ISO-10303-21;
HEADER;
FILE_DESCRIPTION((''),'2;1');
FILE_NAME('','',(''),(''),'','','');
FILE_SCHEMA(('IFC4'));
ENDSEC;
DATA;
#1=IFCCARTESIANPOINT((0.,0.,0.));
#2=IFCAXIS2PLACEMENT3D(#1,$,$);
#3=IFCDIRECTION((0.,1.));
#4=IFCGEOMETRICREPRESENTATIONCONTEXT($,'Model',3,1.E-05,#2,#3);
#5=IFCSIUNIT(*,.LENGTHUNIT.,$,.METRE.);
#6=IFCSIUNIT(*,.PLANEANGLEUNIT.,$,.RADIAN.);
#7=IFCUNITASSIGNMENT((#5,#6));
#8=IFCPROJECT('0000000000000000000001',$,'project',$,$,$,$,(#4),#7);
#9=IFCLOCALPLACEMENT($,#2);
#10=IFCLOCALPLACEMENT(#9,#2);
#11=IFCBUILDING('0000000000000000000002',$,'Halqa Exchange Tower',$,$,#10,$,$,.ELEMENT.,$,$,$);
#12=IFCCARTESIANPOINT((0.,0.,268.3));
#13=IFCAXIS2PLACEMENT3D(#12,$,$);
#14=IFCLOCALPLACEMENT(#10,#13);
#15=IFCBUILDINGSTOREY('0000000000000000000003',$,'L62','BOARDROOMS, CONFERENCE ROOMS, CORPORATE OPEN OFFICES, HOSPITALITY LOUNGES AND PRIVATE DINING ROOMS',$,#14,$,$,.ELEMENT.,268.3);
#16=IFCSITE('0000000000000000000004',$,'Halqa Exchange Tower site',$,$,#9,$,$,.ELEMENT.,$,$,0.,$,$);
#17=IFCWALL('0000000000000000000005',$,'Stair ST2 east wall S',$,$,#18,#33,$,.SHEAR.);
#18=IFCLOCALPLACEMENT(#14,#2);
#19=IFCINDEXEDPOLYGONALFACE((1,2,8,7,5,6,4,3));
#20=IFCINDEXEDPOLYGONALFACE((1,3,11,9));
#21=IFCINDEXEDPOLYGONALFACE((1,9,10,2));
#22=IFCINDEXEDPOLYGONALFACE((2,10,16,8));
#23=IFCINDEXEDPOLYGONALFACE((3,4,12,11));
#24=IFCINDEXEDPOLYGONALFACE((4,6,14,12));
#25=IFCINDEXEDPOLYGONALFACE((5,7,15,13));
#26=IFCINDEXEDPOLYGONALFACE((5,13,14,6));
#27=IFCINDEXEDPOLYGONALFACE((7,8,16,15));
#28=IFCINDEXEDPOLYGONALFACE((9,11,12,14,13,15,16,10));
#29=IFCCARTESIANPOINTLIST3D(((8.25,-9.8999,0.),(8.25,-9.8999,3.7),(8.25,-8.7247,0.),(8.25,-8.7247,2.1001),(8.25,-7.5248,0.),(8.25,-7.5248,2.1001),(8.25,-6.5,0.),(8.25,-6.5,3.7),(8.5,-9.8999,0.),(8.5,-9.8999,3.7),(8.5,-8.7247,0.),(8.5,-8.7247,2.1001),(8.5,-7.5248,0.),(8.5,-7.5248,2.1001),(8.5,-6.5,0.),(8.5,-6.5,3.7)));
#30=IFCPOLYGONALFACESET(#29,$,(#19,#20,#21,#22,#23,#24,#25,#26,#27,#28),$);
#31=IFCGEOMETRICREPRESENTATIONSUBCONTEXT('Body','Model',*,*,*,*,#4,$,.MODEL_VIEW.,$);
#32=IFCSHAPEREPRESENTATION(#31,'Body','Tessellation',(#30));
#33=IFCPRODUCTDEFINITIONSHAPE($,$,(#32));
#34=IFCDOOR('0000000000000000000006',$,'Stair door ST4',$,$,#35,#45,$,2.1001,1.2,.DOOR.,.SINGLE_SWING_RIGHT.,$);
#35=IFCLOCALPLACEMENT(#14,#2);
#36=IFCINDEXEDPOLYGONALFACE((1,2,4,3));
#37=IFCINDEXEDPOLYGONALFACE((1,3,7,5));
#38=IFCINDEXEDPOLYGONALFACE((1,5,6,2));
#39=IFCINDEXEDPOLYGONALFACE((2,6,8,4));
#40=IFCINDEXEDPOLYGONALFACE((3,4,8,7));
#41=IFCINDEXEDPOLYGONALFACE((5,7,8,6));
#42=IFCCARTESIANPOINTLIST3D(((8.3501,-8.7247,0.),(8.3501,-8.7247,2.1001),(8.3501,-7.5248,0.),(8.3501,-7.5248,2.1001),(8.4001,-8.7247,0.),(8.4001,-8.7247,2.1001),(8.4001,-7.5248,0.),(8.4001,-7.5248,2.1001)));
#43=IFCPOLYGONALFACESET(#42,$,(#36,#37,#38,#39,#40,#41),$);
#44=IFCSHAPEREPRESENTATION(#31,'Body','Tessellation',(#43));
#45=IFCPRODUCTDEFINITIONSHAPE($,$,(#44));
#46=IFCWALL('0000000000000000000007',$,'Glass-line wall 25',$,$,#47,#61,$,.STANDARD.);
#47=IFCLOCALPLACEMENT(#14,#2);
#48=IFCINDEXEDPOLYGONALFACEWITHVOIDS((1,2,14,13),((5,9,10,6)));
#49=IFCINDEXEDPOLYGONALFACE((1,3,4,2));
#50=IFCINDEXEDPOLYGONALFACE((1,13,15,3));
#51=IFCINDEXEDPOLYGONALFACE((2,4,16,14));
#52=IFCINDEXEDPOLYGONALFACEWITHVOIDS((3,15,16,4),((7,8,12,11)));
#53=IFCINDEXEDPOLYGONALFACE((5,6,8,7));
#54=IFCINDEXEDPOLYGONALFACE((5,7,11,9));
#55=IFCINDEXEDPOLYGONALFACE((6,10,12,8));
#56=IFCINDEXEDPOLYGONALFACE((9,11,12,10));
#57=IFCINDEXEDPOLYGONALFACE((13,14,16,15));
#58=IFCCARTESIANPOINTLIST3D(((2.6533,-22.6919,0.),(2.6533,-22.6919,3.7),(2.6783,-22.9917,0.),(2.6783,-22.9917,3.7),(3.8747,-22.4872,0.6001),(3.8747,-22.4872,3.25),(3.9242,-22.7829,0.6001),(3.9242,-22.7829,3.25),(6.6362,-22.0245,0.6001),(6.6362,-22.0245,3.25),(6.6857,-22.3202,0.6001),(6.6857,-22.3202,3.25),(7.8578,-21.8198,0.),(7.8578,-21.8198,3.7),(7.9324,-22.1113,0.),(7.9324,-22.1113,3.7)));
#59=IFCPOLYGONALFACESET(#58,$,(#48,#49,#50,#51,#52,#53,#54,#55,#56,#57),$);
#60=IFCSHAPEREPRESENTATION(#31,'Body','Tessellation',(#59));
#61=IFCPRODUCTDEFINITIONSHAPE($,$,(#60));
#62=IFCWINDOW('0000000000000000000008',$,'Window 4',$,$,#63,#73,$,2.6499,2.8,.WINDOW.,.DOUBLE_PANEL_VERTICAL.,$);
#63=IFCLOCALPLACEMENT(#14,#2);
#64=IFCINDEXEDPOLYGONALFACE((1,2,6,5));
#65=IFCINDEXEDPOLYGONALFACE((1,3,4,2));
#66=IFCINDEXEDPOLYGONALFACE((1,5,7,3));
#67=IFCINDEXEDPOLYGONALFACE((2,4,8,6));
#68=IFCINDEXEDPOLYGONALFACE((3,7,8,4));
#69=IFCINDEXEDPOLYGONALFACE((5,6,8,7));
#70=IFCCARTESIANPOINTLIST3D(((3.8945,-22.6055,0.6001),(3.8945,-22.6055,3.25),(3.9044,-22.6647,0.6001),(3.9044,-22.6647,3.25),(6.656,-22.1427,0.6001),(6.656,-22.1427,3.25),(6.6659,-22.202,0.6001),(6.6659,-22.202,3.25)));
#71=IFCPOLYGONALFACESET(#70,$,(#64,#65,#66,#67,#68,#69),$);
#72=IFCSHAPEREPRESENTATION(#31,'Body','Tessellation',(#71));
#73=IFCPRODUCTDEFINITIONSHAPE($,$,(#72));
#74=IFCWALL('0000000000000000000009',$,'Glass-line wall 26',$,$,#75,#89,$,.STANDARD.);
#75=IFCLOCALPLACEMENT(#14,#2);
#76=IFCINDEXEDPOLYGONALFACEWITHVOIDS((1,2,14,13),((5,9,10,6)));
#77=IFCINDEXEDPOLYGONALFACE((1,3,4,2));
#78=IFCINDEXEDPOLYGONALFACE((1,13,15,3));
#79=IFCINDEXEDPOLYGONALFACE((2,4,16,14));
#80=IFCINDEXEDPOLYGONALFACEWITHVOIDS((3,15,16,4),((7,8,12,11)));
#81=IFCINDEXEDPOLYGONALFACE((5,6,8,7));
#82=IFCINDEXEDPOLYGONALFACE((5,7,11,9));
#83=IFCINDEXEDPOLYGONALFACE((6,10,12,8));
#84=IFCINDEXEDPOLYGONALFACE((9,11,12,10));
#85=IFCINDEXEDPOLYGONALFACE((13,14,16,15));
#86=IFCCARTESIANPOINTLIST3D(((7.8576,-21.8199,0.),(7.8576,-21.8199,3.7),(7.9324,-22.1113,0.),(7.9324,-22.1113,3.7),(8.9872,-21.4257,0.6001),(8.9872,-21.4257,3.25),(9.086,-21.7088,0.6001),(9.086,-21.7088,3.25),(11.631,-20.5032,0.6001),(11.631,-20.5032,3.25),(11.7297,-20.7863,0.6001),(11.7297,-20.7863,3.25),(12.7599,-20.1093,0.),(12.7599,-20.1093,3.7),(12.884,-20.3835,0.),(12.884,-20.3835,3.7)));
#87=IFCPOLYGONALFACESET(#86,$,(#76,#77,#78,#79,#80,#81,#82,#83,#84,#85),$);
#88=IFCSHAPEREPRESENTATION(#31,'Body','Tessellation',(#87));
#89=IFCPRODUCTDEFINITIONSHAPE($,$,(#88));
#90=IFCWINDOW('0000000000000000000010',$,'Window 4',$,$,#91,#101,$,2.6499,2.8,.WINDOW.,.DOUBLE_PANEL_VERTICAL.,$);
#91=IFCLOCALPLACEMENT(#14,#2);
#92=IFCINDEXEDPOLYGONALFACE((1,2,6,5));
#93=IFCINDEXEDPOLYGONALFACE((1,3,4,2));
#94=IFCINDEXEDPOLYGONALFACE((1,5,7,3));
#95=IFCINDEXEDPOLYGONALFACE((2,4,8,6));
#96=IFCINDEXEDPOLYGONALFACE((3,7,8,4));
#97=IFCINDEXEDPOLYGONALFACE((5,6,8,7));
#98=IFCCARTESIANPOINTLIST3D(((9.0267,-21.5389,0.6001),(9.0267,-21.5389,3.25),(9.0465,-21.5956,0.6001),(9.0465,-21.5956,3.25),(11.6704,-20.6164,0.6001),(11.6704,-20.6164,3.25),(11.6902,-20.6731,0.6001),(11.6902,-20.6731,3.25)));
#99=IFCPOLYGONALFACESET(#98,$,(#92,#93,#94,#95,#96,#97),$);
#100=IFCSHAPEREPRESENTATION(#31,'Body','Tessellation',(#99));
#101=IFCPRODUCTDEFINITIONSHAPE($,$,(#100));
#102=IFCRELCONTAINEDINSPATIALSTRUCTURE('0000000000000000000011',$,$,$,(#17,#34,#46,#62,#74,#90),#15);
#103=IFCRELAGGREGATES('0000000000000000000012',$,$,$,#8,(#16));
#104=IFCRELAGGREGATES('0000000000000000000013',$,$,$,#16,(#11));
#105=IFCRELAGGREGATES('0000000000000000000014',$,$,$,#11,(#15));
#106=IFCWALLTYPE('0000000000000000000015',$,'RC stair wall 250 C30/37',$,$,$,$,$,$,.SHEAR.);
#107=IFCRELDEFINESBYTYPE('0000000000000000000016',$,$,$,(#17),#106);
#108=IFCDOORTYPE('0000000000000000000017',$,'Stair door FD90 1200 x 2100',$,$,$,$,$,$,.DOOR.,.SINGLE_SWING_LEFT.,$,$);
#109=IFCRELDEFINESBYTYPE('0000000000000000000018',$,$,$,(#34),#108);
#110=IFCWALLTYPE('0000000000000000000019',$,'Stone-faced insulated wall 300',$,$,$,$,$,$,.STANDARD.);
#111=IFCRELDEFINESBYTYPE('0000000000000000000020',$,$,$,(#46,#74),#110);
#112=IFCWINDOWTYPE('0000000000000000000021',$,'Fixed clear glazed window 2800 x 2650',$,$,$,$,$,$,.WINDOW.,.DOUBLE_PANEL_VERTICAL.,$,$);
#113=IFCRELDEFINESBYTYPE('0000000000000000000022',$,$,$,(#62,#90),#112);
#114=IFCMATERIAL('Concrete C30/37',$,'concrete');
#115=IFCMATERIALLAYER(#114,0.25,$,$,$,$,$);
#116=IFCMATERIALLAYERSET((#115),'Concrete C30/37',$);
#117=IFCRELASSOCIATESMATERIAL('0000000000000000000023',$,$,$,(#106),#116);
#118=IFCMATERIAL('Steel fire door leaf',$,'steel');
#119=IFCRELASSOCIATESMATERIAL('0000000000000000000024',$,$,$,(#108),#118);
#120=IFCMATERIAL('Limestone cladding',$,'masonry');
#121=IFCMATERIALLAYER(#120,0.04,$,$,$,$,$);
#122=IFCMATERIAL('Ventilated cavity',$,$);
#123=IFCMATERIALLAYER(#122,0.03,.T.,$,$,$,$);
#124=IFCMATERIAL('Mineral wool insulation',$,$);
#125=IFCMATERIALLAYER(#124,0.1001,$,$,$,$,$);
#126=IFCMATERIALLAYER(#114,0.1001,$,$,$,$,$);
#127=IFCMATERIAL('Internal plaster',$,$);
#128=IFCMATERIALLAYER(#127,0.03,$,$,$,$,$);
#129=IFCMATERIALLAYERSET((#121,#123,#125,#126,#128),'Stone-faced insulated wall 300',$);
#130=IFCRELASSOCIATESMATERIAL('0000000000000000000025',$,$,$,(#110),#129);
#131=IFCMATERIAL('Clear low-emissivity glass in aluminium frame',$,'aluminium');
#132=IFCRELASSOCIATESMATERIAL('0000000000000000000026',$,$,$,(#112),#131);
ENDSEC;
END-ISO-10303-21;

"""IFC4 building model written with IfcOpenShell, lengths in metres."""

from ifc_helpers import new_model, si_unit, direction, frame, frame_2d, origin, place, context, subcontext, project, spatial, polyline, rectangle, outline, extrude, material, layer, layer_set, type_object, element, fill, save


model = new_model("IFC4")

# Units and contexts
model_context = context("Model", 3, precision=1e-05, world=origin(), true_north=direction((0.0, 1.0)))
body_context = subcontext(model_context, "Body", "Model", "MODEL_VIEW")
ifc_project = project(units=[si_unit("LENGTHUNIT", "METRE"), si_unit("PLANEANGLEUNIT", "RADIAN")], contexts=[model_context])

# Site, building, storey
site_placement = place(None, origin())
site = spatial("IfcSite", under=ifc_project, at=site_placement, Name="Halqa Exchange Tower site", CompositionType="ELEMENT", RefElevation=0.0)
building_placement = place(site_placement, origin())
building = spatial("IfcBuilding", under=site, at=building_placement, Name="Halqa Exchange Tower", CompositionType="ELEMENT")
storey_placement = place(building_placement, frame((0.0, 0.0, 268.3)))
storey = spatial("IfcBuildingStorey", under=building, at=storey_placement, Name="L62", Description="BOARDROOMS, CONFERENCE ROOMS, CORPORATE OPEN OFFICES, HOSPITALITY LOUNGES AND PRIVATE DINING ROOMS", CompositionType="ELEMENT", Elevation=268.3)

# Shared definitions
ifc_material_1 = material(Name="Steel fire door leaf", Category="steel")

# Shared definitions
ifc_material_2 = material(Name="Concrete C30/37", Category="concrete")
ifc_layer_1 = layer(ifc_material_2, 0.25)
ifc_layer_set_1 = layer_set([ifc_layer_1], Name="Concrete C30/37")
wall_type_1 = type_object("IfcWallType", Name="RC stair wall 250 C30/37", PredefinedType="SHEAR", material=ifc_layer_set_1)

# Wall, opening, door
wall_1_placement = place(storey_placement, frame((8.375, -9.8999, 0.0), z_axis=(0.0, 0.0, 1.0), x_axis=(0.0, 1.0, 0.0)))
wall_1 = element("IfcWall", 1, at=wall_1_placement, inside=storey, type_object=wall_type_1, Name="Stair ST2 east wall S", PredefinedType="SHEAR", context=body_context, shape_type="SweptSolid", body=[
    extrude(rectangle(XDim=3.3999, YDim=0.25, at=frame_2d((1.7, 0.0))), origin(), (0.0, 0.0, 1.0), 3.7),
])
opening_1_placement = place(wall_1_placement, frame((1.175, 0.0, 0.0)))
opening_1 = element("IfcOpeningElement", 2, at=opening_1_placement, cuts=wall_1, PredefinedType="OPENING", context=body_context, shape_type="SweptSolid", body=[
    extrude(rectangle(XDim=1.2, YDim=2.1001, at=frame_2d((0.6001, 1.05))), frame((0.0, 0.137, 0.0), z_axis=(0.0, -1.0, 0.0), x_axis=(1.0, 0.0, 0.0)), (0.0, 0.0, 1.0), 0.2739),
])
door_type_1 = type_object("IfcDoorType", Name="Stair door FD90 1200 x 2100", OperationType="SINGLE_SWING_LEFT", PredefinedType="DOOR", material=ifc_material_1)
door_1_placement = place(opening_1_placement, origin())
door_1 = element("IfcDoor", 3, at=door_1_placement, inside=storey, type_object=door_type_1, Name="Stair door ST4", OperationType="SINGLE_SWING_RIGHT", OverallHeight=2.1001, OverallWidth=1.2, PredefinedType="DOOR", context=body_context, shape_type="SweptSolid", body=[
    extrude(rectangle(XDim=1.2, YDim=2.1001, at=frame_2d((0.6001, 1.05))), frame((0.0, 0.0249, 0.0), z_axis=(0.0, -1.0, 0.0), x_axis=(1.0, 0.0, 0.0)), (0.0, 0.0, 1.0), 0.05),
])
fill(opening_1, door_1)

# Walls, openings, windows
ifc_material_3 = material(Name="Limestone cladding", Category="masonry")
ifc_layer_2 = layer(ifc_material_3, 0.04)
ifc_material_4 = material(Name="Ventilated cavity")
ifc_layer_3 = layer(ifc_material_4, 0.03, ventilated=True)
ifc_material_5 = material(Name="Mineral wool insulation")
ifc_layer_4 = layer(ifc_material_5, 0.1001)
ifc_layer_5 = layer(ifc_material_2, 0.1001)
ifc_material_6 = material(Name="Internal plaster")
ifc_layer_6 = layer(ifc_material_6, 0.03)
ifc_layer_set_2 = layer_set([ifc_layer_2, ifc_layer_3, ifc_layer_4, ifc_layer_5, ifc_layer_6], Name="Stone-faced insulated wall 300")
wall_type_2 = type_object("IfcWallType", Name="Stone-faced insulated wall 300", PredefinedType="STANDARD", material=ifc_layer_set_2)
wall_2_placement = place(storey_placement, frame((2.6658, -22.8418, 0.0), z_axis=(0.0, 0.0, 1.0), x_axis=(0.98625, 0.165258, 0.0)))
wall_2 = element("IfcWall", 4, at=wall_2_placement, inside=storey, type_object=wall_type_2, Name="Glass-line wall 25", PredefinedType="STANDARD", context=body_context, shape_type="SweptSolid", body=[
    extrude(outline(polyline([(-0.0125, -0.1499), (5.3149, -0.1499), (5.2896, 0.1499), (0.0125, 0.1499), (-0.0125, -0.1499)])), origin(), (0.0, 0.0, 1.0), 3.7),
])
opening_2_placement = place(wall_2_placement, frame((1.251, 0.0, 0.6001)))
opening_2 = element("IfcOpeningElement", 5, at=opening_2_placement, cuts=wall_2, PredefinedType="OPENING", context=body_context, shape_type="SweptSolid", body=[
    extrude(rectangle(XDim=2.8, YDim=2.6499, at=frame_2d((1.3999, 1.325))), frame((0.0, 0.1621, 0.0), z_axis=(0.0, -1.0, 0.0), x_axis=(1.0, 0.0, 0.0)), (0.0, 0.0, 1.0), 0.324),
])
ifc_material_7 = material(Name="Clear low-emissivity glass in aluminium frame", Category="aluminium")
window_type = type_object("IfcWindowType", Name="Fixed clear glazed window 2800 x 2650", PartitioningType="DOUBLE_PANEL_VERTICAL", PredefinedType="WINDOW", material=ifc_material_7)
window_1_placement = place(opening_2_placement, origin())
window_1 = element("IfcWindow", 6, at=window_1_placement, inside=storey, type_object=window_type, Name="Window 4", OverallHeight=2.6499, OverallWidth=2.8, PartitioningType="DOUBLE_PANEL_VERTICAL", PredefinedType="WINDOW", context=body_context, shape_type="SweptSolid", body=[
    extrude(rectangle(XDim=2.8, YDim=2.6499, at=frame_2d((1.3999, 1.325))), frame((0.0, 0.03, 0.0), z_axis=(0.0, -1.0, 0.0), x_axis=(1.0, 0.0, 0.0)), (0.0, 0.0, 1.0), 0.0601),
])
fill(opening_2, window_1)
wall_3_placement = place(storey_placement, frame((7.895, -21.9656, 0.0), z_axis=(0.0, 0.0, 1.0), x_axis=(0.944169, 0.32946, 0.0)))
wall_3 = element("IfcWall", 7, at=wall_3_placement, inside=storey, type_object=wall_type_2, Name="Glass-line wall 26", PredefinedType="STANDARD", context=body_context, shape_type="SweptSolid", body=[
    extrude(outline(polyline([(-0.0127, -0.1499), (5.2317, -0.1499), (5.2048, 0.1499), (0.0127, 0.1499), (-0.0127, -0.1499)])), origin(), (0.0, 0.0, 1.0), 3.7),
])
opening_3_placement = place(wall_3_placement, frame((1.2092, 0.0, 0.6001)))
opening_3 = element("IfcOpeningElement", 8, at=opening_3_placement, cuts=wall_3, PredefinedType="OPENING", context=body_context, shape_type="SweptSolid", body=[
    extrude(rectangle(XDim=2.8, YDim=2.6499, at=frame_2d((1.3999, 1.325))), frame((0.0, 0.1621, 0.0), z_axis=(0.0, -1.0, 0.0), x_axis=(1.0, 0.0, 0.0)), (0.0, 0.0, 1.0), 0.324),
])
window_2_placement = place(opening_3_placement, origin())
window_2 = element("IfcWindow", 9, at=window_2_placement, inside=storey, type_object=window_type, Name="Window 4", OverallHeight=2.6499, OverallWidth=2.8, PartitioningType="DOUBLE_PANEL_VERTICAL", PredefinedType="WINDOW", context=body_context, shape_type="SweptSolid", body=[
    extrude(rectangle(XDim=2.8, YDim=2.6499, at=frame_2d((1.3999, 1.325))), frame((0.0, 0.03, 0.0), z_axis=(0.0, -1.0, 0.0), x_axis=(1.0, 0.0, 0.0)), (0.0, 0.0, 1.0), 0.0601),
])
fill(opening_3, window_2)

save(model, "model.ifc")
